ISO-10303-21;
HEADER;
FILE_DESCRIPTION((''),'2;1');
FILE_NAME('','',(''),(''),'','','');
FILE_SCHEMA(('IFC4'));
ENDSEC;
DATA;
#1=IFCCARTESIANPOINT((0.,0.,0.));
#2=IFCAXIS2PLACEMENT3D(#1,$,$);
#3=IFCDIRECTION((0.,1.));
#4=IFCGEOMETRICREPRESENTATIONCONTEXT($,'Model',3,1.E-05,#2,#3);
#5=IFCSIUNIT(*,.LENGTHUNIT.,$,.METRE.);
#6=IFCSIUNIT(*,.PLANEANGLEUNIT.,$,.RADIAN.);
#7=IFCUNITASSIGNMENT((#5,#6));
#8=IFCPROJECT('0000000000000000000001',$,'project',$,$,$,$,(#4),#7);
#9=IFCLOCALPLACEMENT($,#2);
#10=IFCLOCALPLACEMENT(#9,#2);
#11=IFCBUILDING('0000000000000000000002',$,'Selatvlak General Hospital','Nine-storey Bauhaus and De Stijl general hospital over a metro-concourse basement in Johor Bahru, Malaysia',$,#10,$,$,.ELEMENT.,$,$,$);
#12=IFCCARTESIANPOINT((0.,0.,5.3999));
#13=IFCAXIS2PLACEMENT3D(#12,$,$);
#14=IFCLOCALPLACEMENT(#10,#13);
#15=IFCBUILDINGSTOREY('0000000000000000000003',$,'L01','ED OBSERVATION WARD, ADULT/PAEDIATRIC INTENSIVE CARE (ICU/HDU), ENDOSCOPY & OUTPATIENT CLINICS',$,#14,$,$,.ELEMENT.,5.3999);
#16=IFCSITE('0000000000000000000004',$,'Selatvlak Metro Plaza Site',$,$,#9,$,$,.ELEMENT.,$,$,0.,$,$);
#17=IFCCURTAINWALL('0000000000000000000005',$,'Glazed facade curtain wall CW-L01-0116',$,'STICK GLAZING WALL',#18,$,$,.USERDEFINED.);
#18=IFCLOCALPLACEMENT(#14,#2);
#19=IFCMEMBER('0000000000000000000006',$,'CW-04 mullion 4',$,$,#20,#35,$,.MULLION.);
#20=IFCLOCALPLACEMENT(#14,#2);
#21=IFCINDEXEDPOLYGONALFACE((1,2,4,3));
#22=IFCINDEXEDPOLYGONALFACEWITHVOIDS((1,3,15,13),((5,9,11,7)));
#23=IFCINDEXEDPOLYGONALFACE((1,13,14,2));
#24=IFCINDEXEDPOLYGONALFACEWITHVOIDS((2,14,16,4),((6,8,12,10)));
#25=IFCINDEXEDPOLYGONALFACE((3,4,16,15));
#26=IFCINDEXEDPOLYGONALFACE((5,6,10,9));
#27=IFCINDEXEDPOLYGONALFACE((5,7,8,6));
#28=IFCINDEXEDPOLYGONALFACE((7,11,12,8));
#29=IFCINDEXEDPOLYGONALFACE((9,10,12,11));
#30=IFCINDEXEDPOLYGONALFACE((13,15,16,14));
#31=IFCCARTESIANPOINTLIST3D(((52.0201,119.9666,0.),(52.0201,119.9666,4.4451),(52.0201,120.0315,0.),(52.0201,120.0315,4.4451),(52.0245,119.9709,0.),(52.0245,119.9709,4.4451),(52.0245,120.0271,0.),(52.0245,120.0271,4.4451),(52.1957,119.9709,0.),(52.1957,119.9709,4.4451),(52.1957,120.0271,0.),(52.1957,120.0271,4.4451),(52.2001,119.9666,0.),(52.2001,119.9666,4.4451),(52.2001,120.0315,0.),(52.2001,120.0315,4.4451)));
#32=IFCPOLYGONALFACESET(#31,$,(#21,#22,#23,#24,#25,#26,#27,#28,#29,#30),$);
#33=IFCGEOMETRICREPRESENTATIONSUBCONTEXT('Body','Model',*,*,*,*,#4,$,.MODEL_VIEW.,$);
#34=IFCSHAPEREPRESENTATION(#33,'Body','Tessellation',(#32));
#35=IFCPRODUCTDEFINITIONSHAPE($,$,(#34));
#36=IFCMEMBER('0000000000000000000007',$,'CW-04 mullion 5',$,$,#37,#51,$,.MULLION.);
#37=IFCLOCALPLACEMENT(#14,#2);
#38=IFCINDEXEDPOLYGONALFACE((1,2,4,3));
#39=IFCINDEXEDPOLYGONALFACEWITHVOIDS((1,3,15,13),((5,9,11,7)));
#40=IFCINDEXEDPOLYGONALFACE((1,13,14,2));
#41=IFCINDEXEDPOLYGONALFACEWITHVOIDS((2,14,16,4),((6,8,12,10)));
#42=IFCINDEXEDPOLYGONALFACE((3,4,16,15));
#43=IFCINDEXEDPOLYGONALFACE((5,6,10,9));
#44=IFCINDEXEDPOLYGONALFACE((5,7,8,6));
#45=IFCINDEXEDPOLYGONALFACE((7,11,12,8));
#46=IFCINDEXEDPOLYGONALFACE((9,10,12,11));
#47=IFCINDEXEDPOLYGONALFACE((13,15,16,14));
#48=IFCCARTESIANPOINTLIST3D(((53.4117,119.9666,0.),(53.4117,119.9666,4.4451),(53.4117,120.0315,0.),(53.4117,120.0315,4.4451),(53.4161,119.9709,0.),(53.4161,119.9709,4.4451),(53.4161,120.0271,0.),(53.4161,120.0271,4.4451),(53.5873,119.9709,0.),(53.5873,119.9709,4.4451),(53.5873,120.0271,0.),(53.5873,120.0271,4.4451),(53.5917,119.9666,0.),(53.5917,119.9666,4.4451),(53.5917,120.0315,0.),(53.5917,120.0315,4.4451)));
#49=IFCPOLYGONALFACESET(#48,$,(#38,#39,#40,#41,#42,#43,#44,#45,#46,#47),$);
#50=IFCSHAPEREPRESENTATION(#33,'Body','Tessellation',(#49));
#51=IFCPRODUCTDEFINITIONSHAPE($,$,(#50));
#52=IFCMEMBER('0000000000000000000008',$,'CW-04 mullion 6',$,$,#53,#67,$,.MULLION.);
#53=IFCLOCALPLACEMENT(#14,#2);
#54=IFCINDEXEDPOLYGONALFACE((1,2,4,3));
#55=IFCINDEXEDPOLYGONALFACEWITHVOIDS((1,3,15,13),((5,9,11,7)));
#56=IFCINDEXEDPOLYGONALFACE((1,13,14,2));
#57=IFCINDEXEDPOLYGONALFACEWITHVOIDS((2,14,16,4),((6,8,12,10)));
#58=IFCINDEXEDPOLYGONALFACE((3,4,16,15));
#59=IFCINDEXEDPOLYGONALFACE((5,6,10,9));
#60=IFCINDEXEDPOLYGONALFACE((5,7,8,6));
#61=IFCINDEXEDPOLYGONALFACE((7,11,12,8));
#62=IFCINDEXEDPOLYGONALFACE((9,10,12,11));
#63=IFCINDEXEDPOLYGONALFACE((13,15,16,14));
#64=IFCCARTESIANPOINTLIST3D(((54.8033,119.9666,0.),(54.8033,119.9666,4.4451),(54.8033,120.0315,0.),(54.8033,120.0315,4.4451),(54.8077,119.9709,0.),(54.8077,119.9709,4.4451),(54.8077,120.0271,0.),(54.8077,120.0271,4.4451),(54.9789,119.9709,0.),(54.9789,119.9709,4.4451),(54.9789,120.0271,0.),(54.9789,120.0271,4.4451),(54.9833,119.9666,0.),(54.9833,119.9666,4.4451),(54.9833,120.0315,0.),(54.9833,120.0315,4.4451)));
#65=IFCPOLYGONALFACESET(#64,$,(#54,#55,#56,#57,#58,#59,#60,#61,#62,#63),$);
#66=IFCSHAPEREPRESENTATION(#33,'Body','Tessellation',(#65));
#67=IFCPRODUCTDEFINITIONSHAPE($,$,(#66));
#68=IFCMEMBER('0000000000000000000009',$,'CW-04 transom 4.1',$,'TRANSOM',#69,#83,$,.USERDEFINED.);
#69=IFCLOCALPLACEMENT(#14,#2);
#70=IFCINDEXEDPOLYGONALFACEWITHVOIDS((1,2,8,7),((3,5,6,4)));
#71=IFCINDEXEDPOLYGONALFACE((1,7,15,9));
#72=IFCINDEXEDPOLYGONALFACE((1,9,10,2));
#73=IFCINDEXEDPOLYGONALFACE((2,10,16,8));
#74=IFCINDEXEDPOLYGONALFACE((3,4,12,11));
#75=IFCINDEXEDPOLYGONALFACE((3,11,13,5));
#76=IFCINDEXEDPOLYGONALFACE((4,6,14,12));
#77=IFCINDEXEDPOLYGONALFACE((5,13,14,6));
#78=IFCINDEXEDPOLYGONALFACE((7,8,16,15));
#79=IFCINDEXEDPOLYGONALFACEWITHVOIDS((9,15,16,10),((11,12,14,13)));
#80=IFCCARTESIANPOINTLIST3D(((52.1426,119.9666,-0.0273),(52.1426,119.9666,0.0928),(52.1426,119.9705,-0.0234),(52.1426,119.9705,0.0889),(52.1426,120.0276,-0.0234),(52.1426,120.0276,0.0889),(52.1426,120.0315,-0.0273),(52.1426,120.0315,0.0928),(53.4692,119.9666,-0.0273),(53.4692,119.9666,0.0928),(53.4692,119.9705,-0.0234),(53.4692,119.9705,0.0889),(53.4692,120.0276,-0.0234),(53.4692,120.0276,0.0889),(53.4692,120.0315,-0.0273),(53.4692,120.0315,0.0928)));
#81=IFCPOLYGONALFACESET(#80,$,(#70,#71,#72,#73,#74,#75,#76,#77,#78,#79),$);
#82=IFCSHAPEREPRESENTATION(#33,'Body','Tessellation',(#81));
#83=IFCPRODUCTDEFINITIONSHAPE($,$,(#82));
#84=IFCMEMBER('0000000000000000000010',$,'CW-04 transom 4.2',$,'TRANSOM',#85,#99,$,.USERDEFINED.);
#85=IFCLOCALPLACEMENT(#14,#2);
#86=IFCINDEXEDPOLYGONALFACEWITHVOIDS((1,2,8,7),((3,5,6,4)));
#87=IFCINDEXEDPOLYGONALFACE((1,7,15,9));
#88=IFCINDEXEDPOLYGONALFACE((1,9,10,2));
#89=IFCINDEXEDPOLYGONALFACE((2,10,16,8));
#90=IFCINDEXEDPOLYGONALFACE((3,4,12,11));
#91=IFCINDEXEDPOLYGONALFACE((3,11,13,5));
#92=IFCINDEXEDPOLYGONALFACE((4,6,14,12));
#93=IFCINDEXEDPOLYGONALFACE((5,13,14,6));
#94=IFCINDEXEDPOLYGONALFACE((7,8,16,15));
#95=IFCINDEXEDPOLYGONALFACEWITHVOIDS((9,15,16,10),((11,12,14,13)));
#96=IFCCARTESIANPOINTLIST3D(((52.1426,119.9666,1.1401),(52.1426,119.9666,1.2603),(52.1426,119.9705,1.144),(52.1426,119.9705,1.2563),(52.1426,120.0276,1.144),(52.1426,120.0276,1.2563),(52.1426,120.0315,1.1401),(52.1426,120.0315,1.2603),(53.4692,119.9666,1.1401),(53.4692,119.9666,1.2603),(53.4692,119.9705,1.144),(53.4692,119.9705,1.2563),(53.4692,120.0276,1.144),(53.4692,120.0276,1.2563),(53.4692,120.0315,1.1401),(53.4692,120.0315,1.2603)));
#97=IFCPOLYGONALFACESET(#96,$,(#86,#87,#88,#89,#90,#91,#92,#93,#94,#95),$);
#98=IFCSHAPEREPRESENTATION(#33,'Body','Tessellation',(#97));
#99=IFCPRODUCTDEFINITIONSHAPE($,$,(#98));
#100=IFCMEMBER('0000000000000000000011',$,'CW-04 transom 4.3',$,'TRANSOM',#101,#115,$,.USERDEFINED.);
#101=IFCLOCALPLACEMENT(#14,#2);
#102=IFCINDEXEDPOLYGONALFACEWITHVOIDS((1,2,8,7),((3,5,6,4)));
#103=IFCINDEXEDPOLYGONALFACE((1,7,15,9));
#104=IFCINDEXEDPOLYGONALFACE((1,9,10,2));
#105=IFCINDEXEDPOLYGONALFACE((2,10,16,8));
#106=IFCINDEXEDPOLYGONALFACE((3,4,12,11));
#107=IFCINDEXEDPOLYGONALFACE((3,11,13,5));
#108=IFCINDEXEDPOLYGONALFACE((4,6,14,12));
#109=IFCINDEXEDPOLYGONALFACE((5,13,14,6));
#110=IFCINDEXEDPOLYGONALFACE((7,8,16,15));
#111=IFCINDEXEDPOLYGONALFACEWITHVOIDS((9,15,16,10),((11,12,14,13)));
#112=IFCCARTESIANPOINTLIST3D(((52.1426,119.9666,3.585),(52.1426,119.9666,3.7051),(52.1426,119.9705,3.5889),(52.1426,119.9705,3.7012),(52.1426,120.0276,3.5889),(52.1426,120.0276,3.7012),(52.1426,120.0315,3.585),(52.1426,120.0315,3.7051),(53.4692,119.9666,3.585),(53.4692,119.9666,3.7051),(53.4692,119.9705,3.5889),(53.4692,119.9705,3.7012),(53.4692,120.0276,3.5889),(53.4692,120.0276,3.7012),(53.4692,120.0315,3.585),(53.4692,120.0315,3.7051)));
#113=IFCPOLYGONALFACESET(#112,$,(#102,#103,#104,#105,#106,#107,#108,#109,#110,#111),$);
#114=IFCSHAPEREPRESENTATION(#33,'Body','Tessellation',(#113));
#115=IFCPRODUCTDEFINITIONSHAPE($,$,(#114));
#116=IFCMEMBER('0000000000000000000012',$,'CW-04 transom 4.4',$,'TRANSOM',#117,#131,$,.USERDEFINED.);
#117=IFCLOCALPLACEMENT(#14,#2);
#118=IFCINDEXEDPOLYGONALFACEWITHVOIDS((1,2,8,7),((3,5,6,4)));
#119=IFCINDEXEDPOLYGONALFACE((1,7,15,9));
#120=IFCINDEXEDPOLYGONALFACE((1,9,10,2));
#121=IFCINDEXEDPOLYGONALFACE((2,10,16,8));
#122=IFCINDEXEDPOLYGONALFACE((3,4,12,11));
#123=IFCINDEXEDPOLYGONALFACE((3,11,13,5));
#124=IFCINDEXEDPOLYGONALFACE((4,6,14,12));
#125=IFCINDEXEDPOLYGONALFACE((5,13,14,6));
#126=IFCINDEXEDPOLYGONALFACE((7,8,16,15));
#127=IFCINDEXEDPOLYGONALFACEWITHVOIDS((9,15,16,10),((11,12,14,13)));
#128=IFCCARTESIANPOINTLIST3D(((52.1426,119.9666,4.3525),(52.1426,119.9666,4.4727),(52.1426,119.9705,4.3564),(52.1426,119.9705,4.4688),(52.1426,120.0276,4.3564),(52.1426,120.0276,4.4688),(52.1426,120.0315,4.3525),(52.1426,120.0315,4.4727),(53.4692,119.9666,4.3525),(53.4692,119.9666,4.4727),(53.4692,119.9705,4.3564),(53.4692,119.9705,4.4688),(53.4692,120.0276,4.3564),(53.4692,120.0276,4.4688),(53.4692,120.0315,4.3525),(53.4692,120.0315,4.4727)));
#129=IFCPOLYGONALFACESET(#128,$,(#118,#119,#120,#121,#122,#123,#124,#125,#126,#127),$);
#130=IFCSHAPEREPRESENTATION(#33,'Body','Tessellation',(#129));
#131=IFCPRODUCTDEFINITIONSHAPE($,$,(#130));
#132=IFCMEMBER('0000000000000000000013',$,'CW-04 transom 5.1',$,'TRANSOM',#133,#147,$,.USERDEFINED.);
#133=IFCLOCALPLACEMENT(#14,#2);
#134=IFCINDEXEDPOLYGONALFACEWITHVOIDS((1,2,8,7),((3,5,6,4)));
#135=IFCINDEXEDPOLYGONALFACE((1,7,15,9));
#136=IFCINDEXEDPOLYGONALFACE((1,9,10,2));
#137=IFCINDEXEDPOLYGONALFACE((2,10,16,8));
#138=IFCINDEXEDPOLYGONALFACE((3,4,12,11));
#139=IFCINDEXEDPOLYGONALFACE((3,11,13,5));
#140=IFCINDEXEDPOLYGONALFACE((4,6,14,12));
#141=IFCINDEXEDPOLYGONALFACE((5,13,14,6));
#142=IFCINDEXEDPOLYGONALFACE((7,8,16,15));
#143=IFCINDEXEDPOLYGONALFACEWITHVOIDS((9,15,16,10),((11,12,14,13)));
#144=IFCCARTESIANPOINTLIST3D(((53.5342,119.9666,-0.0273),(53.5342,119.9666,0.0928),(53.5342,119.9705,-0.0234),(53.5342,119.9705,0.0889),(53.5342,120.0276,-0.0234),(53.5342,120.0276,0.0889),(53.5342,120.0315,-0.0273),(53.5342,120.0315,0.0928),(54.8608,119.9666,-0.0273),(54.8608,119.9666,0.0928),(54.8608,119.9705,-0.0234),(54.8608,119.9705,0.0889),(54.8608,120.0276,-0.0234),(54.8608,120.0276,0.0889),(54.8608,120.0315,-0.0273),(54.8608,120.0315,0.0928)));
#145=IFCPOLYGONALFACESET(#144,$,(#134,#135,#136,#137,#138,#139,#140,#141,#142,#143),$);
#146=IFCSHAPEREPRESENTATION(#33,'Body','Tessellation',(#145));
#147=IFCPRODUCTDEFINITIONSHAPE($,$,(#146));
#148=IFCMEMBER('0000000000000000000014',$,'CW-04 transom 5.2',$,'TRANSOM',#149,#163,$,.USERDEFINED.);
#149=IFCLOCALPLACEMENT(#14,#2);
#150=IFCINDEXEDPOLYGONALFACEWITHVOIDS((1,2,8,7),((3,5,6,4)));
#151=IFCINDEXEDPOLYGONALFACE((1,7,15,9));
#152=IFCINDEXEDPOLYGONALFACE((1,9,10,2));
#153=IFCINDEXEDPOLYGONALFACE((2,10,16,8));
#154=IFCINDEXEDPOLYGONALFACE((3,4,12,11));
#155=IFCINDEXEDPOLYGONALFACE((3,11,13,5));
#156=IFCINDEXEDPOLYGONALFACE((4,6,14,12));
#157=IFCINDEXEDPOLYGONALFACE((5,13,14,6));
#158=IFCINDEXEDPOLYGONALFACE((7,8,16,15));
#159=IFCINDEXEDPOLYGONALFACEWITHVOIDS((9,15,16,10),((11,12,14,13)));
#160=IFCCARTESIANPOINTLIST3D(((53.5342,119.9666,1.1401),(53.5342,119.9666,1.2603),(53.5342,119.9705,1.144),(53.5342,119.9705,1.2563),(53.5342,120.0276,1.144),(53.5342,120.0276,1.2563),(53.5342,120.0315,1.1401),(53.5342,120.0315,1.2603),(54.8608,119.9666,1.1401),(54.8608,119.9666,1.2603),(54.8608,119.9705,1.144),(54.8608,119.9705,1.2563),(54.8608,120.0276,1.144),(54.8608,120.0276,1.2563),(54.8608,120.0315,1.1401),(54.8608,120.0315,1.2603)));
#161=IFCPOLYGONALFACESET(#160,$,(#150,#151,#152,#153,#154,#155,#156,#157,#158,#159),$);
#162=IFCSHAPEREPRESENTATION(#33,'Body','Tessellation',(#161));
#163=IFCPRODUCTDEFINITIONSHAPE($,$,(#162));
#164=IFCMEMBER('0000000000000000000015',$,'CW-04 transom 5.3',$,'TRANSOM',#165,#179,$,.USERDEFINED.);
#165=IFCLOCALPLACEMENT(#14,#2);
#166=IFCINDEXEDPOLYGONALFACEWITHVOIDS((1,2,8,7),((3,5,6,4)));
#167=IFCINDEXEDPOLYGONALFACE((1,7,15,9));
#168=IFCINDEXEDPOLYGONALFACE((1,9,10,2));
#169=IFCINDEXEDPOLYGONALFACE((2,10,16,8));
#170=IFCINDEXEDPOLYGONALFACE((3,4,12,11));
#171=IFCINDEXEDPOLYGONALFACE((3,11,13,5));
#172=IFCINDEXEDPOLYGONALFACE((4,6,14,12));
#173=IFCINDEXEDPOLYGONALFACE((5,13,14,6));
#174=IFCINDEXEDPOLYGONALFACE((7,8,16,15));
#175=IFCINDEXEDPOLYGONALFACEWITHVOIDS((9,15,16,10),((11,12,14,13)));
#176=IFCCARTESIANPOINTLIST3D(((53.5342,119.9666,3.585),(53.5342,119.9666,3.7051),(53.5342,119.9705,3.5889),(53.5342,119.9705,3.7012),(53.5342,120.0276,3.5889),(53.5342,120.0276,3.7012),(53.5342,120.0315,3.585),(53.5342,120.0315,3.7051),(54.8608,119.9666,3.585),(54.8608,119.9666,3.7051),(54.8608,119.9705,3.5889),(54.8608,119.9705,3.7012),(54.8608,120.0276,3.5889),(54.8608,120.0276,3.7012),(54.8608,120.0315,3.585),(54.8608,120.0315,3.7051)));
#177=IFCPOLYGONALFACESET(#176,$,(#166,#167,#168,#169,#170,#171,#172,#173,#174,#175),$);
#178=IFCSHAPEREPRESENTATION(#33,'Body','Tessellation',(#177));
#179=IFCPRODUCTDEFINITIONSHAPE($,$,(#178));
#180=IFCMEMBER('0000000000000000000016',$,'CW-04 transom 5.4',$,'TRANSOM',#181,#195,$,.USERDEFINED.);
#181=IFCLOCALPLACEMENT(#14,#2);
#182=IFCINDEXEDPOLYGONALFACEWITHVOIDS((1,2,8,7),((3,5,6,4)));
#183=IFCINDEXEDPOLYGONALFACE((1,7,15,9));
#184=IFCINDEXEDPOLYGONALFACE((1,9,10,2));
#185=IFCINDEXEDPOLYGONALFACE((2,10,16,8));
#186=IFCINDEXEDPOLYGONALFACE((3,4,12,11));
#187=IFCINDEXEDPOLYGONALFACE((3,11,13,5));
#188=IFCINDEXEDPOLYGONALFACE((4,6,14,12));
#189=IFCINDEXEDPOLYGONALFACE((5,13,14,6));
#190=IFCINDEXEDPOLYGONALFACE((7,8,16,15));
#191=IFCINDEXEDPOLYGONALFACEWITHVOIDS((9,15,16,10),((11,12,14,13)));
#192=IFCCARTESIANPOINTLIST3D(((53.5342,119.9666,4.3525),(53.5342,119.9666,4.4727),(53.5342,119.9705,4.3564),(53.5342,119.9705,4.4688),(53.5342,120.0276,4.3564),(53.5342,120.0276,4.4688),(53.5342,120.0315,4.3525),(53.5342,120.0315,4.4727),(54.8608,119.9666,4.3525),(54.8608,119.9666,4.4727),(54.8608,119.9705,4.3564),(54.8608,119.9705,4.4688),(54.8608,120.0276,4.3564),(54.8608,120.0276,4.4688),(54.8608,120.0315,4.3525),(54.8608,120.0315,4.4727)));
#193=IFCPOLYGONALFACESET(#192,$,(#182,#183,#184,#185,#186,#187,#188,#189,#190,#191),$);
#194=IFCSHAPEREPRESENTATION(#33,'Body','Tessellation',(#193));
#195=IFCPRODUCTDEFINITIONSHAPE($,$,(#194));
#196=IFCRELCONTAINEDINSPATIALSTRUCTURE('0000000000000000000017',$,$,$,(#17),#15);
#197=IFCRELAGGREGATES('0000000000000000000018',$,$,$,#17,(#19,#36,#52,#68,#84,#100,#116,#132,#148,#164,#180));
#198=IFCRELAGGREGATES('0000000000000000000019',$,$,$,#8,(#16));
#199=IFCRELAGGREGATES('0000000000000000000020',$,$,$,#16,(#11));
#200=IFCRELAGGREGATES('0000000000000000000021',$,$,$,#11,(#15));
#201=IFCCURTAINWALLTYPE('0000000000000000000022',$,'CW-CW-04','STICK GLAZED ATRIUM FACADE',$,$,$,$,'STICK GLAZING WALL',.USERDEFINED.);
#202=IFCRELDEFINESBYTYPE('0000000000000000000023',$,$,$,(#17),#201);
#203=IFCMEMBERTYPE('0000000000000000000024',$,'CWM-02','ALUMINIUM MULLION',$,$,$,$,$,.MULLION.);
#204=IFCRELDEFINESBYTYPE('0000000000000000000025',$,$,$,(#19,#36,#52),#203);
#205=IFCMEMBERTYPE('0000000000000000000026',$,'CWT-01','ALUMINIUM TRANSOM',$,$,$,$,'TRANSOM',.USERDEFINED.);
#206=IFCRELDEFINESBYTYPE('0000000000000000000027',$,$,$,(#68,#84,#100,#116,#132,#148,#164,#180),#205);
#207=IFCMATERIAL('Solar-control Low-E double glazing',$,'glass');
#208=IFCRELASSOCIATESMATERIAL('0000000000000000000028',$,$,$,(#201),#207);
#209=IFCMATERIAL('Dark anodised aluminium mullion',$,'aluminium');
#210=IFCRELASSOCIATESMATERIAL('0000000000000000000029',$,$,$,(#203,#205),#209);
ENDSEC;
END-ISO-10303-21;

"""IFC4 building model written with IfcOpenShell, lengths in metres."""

from ifc_helpers import new_model, si_unit, direction, frame, origin, origin_2d, place, context, subcontext, project, spatial, hollow_rectangle, extrude, material, material_profile, profile_set, type_object, element, aggregate, save


model = new_model("IFC4")

# Units and contexts
model_context = context("Model", 3, precision=1e-05, world=origin(), true_north=direction((0.0, 1.0)))
body_context = subcontext(model_context, "Body", "Model", "MODEL_VIEW")
ifc_project = project(units=[si_unit("LENGTHUNIT", "METRE"), si_unit("PLANEANGLEUNIT", "RADIAN")], contexts=[model_context])

# Site, building, storey
site_placement = place(None, origin())
site = spatial("IfcSite", under=ifc_project, at=site_placement, Name="Selatvlak Metro Plaza Site", CompositionType="ELEMENT", RefElevation=0.0)
building_placement = place(site_placement, origin())
building = spatial("IfcBuilding", under=site, at=building_placement, Name="Selatvlak General Hospital", Description="Nine-storey Bauhaus and De Stijl general hospital over a metro-concourse basement in Johor Bahru, Malaysia", CompositionType="ELEMENT")
storey_placement = place(building_placement, frame((0.0, 0.0, 5.3999)))
storey = spatial("IfcBuildingStorey", under=building, at=storey_placement, Name="L01", Description="ED OBSERVATION WARD, ADULT/PAEDIATRIC INTENSIVE CARE (ICU/HDU), ENDOSCOPY & OUTPATIENT CLINICS", CompositionType="ELEMENT", Elevation=5.3999)

# Curtain wall, members
ifc_material_1 = material(Name="Solar-control Low-E double glazing", Category="glass")
curtain_wall_type = type_object("IfcCurtainWallType", Name="CW-CW-04", Description="STICK GLAZED ATRIUM FACADE", ElementType="STICK GLAZING WALL", PredefinedType="USERDEFINED", material=ifc_material_1)
curtain_wall_placement = place(storey_placement, origin())
curtain_wall = element("IfcCurtainWall", 1, at=curtain_wall_placement, inside=storey, type_object=curtain_wall_type, Name="Glazed facade curtain wall CW-L01-0116", ObjectType="STICK GLAZING WALL", PredefinedType="USERDEFINED")
ifc_material_2 = material(Name="Dark anodised aluminium mullion", Category="aluminium")
ifc_material_profile_1 = material_profile(ifc_material_2, hollow_rectangle(XDim=0.0649, YDim=0.1799, WallThickness=0.0044, at=origin_2d()), Name="AL-MUL 65x180x4.5")
ifc_profile_set_1 = profile_set([ifc_material_profile_1], Name="Dark anodised aluminium mullion")
member_type_1 = type_object("IfcMemberType", Name="CWM-02", Description="ALUMINIUM MULLION", PredefinedType="MULLION", material=ifc_profile_set_1)
member_1_placement = place(storey_placement, frame((52.1101, 119.999, 0.0), z_axis=(0.0, 0.0, 1.0), x_axis=(0.0, 1.0, 0.0)))
member_1 = element("IfcMember", 2, at=member_1_placement, type_object=member_type_1, Name="CW-04 mullion 4", PredefinedType="MULLION", context=body_context, shape_type="SweptSolid", body=[
    extrude(hollow_rectangle(XDim=0.0649, YDim=0.1799, WallThickness=0.0044, at=origin_2d()), origin(), (0.0, 0.0, 1.0), 4.4451),
])
member_2_placement = place(storey_placement, frame((53.5017, 119.999, 0.0), z_axis=(0.0, 0.0, 1.0), x_axis=(0.0, 1.0, 0.0)))
member_2 = element("IfcMember", 3, at=member_2_placement, type_object=member_type_1, Name="CW-04 mullion 5", PredefinedType="MULLION", context=body_context, shape_type="SweptSolid", body=[
    extrude(hollow_rectangle(XDim=0.0649, YDim=0.1799, WallThickness=0.0044, at=origin_2d()), origin(), (0.0, 0.0, 1.0), 4.4451),
])
member_3_placement = place(storey_placement, frame((54.8933, 119.999, 0.0), z_axis=(0.0, 0.0, 1.0), x_axis=(0.0, 1.0, 0.0)))
member_3 = element("IfcMember", 4, at=member_3_placement, type_object=member_type_1, Name="CW-04 mullion 6", PredefinedType="MULLION", context=body_context, shape_type="SweptSolid", body=[
    extrude(hollow_rectangle(XDim=0.0649, YDim=0.1799, WallThickness=0.0044, at=origin_2d()), origin(), (0.0, 0.0, 1.0), 4.4451),
])
ifc_material_profile_2 = material_profile(ifc_material_2, hollow_rectangle(XDim=0.0649, YDim=0.1201, WallThickness=0.0039, at=origin_2d()), Name="AL-TRN 65x120x4")
ifc_profile_set_2 = profile_set([ifc_material_profile_2], Name="Dark anodised aluminium mullion")
member_type_2 = type_object("IfcMemberType", Name="CWT-01", Description="ALUMINIUM TRANSOM", ElementType="TRANSOM", PredefinedType="USERDEFINED", material=ifc_profile_set_2)
member_4_placement = place(storey_placement, frame((52.1426, 119.999, 0.0327), z_axis=(1.0, 0.0, 0.0), x_axis=(0.0, 1.0, 0.0)))
member_4 = element("IfcMember", 5, at=member_4_placement, type_object=member_type_2, Name="CW-04 transom 4.1", ObjectType="TRANSOM", PredefinedType="USERDEFINED", context=body_context, shape_type="SweptSolid", body=[
    extrude(hollow_rectangle(XDim=0.0649, YDim=0.1201, WallThickness=0.0039, at=origin_2d()), origin(), (0.0, 0.0, 1.0), 1.3267),
])
member_5_placement = place(storey_placement, frame((52.1426, 119.999, 1.2002), z_axis=(1.0, 0.0, 0.0), x_axis=(0.0, 1.0, 0.0)))
member_5 = element("IfcMember", 6, at=member_5_placement, type_object=member_type_2, Name="CW-04 transom 4.2", ObjectType="TRANSOM", PredefinedType="USERDEFINED", context=body_context, shape_type="SweptSolid", body=[
    extrude(hollow_rectangle(XDim=0.0649, YDim=0.1201, WallThickness=0.0039, at=origin_2d()), origin(), (0.0, 0.0, 1.0), 1.3267),
])
member_6_placement = place(storey_placement, frame((52.1426, 119.999, 3.645), z_axis=(1.0, 0.0, 0.0), x_axis=(0.0, 1.0, 0.0)))
member_6 = element("IfcMember", 7, at=member_6_placement, type_object=member_type_2, Name="CW-04 transom 4.3", ObjectType="TRANSOM", PredefinedType="USERDEFINED", context=body_context, shape_type="SweptSolid", body=[
    extrude(hollow_rectangle(XDim=0.0649, YDim=0.1201, WallThickness=0.0039, at=origin_2d()), origin(), (0.0, 0.0, 1.0), 1.3267),
])
member_7_placement = place(storey_placement, frame((52.1426, 119.999, 4.4126), z_axis=(1.0, 0.0, 0.0), x_axis=(0.0, 1.0, 0.0)))
member_7 = element("IfcMember", 8, at=member_7_placement, type_object=member_type_2, Name="CW-04 transom 4.4", ObjectType="TRANSOM", PredefinedType="USERDEFINED", context=body_context, shape_type="SweptSolid", body=[
    extrude(hollow_rectangle(XDim=0.0649, YDim=0.1201, WallThickness=0.0039, at=origin_2d()), origin(), (0.0, 0.0, 1.0), 1.3267),
])
member_8_placement = place(storey_placement, frame((53.5342, 119.999, 0.0327), z_axis=(1.0, 0.0, 0.0), x_axis=(0.0, 1.0, 0.0)))
member_8 = element("IfcMember", 9, at=member_8_placement, type_object=member_type_2, Name="CW-04 transom 5.1", ObjectType="TRANSOM", PredefinedType="USERDEFINED", context=body_context, shape_type="SweptSolid", body=[
    extrude(hollow_rectangle(XDim=0.0649, YDim=0.1201, WallThickness=0.0039, at=origin_2d()), origin(), (0.0, 0.0, 1.0), 1.3267),
])
member_9_placement = place(storey_placement, frame((53.5342, 119.999, 1.2002), z_axis=(1.0, 0.0, 0.0), x_axis=(0.0, 1.0, 0.0)))
member_9 = element("IfcMember", 10, at=member_9_placement, type_object=member_type_2, Name="CW-04 transom 5.2", ObjectType="TRANSOM", PredefinedType="USERDEFINED", context=body_context, shape_type="SweptSolid", body=[
    extrude(hollow_rectangle(XDim=0.0649, YDim=0.1201, WallThickness=0.0039, at=origin_2d()), origin(), (0.0, 0.0, 1.0), 1.3267),
])
member_10_placement = place(storey_placement, frame((53.5342, 119.999, 3.645), z_axis=(1.0, 0.0, 0.0), x_axis=(0.0, 1.0, 0.0)))
member_10 = element("IfcMember", 11, at=member_10_placement, type_object=member_type_2, Name="CW-04 transom 5.3", ObjectType="TRANSOM", PredefinedType="USERDEFINED", context=body_context, shape_type="SweptSolid", body=[
    extrude(hollow_rectangle(XDim=0.0649, YDim=0.1201, WallThickness=0.0039, at=origin_2d()), origin(), (0.0, 0.0, 1.0), 1.3267),
])
member_11_placement = place(storey_placement, frame((53.5342, 119.999, 4.4126), z_axis=(1.0, 0.0, 0.0), x_axis=(0.0, 1.0, 0.0)))
member_11 = element("IfcMember", 12, at=member_11_placement, type_object=member_type_2, Name="CW-04 transom 5.4", ObjectType="TRANSOM", PredefinedType="USERDEFINED", context=body_context, shape_type="SweptSolid", body=[
    extrude(hollow_rectangle(XDim=0.0649, YDim=0.1201, WallThickness=0.0039, at=origin_2d()), origin(), (0.0, 0.0, 1.0), 1.3267),
])
aggregate(curtain_wall, [member_1, member_2, member_3, member_4, member_5, member_6, member_7, member_8, member_9, member_10, member_11])

save(model, "model.ifc")
